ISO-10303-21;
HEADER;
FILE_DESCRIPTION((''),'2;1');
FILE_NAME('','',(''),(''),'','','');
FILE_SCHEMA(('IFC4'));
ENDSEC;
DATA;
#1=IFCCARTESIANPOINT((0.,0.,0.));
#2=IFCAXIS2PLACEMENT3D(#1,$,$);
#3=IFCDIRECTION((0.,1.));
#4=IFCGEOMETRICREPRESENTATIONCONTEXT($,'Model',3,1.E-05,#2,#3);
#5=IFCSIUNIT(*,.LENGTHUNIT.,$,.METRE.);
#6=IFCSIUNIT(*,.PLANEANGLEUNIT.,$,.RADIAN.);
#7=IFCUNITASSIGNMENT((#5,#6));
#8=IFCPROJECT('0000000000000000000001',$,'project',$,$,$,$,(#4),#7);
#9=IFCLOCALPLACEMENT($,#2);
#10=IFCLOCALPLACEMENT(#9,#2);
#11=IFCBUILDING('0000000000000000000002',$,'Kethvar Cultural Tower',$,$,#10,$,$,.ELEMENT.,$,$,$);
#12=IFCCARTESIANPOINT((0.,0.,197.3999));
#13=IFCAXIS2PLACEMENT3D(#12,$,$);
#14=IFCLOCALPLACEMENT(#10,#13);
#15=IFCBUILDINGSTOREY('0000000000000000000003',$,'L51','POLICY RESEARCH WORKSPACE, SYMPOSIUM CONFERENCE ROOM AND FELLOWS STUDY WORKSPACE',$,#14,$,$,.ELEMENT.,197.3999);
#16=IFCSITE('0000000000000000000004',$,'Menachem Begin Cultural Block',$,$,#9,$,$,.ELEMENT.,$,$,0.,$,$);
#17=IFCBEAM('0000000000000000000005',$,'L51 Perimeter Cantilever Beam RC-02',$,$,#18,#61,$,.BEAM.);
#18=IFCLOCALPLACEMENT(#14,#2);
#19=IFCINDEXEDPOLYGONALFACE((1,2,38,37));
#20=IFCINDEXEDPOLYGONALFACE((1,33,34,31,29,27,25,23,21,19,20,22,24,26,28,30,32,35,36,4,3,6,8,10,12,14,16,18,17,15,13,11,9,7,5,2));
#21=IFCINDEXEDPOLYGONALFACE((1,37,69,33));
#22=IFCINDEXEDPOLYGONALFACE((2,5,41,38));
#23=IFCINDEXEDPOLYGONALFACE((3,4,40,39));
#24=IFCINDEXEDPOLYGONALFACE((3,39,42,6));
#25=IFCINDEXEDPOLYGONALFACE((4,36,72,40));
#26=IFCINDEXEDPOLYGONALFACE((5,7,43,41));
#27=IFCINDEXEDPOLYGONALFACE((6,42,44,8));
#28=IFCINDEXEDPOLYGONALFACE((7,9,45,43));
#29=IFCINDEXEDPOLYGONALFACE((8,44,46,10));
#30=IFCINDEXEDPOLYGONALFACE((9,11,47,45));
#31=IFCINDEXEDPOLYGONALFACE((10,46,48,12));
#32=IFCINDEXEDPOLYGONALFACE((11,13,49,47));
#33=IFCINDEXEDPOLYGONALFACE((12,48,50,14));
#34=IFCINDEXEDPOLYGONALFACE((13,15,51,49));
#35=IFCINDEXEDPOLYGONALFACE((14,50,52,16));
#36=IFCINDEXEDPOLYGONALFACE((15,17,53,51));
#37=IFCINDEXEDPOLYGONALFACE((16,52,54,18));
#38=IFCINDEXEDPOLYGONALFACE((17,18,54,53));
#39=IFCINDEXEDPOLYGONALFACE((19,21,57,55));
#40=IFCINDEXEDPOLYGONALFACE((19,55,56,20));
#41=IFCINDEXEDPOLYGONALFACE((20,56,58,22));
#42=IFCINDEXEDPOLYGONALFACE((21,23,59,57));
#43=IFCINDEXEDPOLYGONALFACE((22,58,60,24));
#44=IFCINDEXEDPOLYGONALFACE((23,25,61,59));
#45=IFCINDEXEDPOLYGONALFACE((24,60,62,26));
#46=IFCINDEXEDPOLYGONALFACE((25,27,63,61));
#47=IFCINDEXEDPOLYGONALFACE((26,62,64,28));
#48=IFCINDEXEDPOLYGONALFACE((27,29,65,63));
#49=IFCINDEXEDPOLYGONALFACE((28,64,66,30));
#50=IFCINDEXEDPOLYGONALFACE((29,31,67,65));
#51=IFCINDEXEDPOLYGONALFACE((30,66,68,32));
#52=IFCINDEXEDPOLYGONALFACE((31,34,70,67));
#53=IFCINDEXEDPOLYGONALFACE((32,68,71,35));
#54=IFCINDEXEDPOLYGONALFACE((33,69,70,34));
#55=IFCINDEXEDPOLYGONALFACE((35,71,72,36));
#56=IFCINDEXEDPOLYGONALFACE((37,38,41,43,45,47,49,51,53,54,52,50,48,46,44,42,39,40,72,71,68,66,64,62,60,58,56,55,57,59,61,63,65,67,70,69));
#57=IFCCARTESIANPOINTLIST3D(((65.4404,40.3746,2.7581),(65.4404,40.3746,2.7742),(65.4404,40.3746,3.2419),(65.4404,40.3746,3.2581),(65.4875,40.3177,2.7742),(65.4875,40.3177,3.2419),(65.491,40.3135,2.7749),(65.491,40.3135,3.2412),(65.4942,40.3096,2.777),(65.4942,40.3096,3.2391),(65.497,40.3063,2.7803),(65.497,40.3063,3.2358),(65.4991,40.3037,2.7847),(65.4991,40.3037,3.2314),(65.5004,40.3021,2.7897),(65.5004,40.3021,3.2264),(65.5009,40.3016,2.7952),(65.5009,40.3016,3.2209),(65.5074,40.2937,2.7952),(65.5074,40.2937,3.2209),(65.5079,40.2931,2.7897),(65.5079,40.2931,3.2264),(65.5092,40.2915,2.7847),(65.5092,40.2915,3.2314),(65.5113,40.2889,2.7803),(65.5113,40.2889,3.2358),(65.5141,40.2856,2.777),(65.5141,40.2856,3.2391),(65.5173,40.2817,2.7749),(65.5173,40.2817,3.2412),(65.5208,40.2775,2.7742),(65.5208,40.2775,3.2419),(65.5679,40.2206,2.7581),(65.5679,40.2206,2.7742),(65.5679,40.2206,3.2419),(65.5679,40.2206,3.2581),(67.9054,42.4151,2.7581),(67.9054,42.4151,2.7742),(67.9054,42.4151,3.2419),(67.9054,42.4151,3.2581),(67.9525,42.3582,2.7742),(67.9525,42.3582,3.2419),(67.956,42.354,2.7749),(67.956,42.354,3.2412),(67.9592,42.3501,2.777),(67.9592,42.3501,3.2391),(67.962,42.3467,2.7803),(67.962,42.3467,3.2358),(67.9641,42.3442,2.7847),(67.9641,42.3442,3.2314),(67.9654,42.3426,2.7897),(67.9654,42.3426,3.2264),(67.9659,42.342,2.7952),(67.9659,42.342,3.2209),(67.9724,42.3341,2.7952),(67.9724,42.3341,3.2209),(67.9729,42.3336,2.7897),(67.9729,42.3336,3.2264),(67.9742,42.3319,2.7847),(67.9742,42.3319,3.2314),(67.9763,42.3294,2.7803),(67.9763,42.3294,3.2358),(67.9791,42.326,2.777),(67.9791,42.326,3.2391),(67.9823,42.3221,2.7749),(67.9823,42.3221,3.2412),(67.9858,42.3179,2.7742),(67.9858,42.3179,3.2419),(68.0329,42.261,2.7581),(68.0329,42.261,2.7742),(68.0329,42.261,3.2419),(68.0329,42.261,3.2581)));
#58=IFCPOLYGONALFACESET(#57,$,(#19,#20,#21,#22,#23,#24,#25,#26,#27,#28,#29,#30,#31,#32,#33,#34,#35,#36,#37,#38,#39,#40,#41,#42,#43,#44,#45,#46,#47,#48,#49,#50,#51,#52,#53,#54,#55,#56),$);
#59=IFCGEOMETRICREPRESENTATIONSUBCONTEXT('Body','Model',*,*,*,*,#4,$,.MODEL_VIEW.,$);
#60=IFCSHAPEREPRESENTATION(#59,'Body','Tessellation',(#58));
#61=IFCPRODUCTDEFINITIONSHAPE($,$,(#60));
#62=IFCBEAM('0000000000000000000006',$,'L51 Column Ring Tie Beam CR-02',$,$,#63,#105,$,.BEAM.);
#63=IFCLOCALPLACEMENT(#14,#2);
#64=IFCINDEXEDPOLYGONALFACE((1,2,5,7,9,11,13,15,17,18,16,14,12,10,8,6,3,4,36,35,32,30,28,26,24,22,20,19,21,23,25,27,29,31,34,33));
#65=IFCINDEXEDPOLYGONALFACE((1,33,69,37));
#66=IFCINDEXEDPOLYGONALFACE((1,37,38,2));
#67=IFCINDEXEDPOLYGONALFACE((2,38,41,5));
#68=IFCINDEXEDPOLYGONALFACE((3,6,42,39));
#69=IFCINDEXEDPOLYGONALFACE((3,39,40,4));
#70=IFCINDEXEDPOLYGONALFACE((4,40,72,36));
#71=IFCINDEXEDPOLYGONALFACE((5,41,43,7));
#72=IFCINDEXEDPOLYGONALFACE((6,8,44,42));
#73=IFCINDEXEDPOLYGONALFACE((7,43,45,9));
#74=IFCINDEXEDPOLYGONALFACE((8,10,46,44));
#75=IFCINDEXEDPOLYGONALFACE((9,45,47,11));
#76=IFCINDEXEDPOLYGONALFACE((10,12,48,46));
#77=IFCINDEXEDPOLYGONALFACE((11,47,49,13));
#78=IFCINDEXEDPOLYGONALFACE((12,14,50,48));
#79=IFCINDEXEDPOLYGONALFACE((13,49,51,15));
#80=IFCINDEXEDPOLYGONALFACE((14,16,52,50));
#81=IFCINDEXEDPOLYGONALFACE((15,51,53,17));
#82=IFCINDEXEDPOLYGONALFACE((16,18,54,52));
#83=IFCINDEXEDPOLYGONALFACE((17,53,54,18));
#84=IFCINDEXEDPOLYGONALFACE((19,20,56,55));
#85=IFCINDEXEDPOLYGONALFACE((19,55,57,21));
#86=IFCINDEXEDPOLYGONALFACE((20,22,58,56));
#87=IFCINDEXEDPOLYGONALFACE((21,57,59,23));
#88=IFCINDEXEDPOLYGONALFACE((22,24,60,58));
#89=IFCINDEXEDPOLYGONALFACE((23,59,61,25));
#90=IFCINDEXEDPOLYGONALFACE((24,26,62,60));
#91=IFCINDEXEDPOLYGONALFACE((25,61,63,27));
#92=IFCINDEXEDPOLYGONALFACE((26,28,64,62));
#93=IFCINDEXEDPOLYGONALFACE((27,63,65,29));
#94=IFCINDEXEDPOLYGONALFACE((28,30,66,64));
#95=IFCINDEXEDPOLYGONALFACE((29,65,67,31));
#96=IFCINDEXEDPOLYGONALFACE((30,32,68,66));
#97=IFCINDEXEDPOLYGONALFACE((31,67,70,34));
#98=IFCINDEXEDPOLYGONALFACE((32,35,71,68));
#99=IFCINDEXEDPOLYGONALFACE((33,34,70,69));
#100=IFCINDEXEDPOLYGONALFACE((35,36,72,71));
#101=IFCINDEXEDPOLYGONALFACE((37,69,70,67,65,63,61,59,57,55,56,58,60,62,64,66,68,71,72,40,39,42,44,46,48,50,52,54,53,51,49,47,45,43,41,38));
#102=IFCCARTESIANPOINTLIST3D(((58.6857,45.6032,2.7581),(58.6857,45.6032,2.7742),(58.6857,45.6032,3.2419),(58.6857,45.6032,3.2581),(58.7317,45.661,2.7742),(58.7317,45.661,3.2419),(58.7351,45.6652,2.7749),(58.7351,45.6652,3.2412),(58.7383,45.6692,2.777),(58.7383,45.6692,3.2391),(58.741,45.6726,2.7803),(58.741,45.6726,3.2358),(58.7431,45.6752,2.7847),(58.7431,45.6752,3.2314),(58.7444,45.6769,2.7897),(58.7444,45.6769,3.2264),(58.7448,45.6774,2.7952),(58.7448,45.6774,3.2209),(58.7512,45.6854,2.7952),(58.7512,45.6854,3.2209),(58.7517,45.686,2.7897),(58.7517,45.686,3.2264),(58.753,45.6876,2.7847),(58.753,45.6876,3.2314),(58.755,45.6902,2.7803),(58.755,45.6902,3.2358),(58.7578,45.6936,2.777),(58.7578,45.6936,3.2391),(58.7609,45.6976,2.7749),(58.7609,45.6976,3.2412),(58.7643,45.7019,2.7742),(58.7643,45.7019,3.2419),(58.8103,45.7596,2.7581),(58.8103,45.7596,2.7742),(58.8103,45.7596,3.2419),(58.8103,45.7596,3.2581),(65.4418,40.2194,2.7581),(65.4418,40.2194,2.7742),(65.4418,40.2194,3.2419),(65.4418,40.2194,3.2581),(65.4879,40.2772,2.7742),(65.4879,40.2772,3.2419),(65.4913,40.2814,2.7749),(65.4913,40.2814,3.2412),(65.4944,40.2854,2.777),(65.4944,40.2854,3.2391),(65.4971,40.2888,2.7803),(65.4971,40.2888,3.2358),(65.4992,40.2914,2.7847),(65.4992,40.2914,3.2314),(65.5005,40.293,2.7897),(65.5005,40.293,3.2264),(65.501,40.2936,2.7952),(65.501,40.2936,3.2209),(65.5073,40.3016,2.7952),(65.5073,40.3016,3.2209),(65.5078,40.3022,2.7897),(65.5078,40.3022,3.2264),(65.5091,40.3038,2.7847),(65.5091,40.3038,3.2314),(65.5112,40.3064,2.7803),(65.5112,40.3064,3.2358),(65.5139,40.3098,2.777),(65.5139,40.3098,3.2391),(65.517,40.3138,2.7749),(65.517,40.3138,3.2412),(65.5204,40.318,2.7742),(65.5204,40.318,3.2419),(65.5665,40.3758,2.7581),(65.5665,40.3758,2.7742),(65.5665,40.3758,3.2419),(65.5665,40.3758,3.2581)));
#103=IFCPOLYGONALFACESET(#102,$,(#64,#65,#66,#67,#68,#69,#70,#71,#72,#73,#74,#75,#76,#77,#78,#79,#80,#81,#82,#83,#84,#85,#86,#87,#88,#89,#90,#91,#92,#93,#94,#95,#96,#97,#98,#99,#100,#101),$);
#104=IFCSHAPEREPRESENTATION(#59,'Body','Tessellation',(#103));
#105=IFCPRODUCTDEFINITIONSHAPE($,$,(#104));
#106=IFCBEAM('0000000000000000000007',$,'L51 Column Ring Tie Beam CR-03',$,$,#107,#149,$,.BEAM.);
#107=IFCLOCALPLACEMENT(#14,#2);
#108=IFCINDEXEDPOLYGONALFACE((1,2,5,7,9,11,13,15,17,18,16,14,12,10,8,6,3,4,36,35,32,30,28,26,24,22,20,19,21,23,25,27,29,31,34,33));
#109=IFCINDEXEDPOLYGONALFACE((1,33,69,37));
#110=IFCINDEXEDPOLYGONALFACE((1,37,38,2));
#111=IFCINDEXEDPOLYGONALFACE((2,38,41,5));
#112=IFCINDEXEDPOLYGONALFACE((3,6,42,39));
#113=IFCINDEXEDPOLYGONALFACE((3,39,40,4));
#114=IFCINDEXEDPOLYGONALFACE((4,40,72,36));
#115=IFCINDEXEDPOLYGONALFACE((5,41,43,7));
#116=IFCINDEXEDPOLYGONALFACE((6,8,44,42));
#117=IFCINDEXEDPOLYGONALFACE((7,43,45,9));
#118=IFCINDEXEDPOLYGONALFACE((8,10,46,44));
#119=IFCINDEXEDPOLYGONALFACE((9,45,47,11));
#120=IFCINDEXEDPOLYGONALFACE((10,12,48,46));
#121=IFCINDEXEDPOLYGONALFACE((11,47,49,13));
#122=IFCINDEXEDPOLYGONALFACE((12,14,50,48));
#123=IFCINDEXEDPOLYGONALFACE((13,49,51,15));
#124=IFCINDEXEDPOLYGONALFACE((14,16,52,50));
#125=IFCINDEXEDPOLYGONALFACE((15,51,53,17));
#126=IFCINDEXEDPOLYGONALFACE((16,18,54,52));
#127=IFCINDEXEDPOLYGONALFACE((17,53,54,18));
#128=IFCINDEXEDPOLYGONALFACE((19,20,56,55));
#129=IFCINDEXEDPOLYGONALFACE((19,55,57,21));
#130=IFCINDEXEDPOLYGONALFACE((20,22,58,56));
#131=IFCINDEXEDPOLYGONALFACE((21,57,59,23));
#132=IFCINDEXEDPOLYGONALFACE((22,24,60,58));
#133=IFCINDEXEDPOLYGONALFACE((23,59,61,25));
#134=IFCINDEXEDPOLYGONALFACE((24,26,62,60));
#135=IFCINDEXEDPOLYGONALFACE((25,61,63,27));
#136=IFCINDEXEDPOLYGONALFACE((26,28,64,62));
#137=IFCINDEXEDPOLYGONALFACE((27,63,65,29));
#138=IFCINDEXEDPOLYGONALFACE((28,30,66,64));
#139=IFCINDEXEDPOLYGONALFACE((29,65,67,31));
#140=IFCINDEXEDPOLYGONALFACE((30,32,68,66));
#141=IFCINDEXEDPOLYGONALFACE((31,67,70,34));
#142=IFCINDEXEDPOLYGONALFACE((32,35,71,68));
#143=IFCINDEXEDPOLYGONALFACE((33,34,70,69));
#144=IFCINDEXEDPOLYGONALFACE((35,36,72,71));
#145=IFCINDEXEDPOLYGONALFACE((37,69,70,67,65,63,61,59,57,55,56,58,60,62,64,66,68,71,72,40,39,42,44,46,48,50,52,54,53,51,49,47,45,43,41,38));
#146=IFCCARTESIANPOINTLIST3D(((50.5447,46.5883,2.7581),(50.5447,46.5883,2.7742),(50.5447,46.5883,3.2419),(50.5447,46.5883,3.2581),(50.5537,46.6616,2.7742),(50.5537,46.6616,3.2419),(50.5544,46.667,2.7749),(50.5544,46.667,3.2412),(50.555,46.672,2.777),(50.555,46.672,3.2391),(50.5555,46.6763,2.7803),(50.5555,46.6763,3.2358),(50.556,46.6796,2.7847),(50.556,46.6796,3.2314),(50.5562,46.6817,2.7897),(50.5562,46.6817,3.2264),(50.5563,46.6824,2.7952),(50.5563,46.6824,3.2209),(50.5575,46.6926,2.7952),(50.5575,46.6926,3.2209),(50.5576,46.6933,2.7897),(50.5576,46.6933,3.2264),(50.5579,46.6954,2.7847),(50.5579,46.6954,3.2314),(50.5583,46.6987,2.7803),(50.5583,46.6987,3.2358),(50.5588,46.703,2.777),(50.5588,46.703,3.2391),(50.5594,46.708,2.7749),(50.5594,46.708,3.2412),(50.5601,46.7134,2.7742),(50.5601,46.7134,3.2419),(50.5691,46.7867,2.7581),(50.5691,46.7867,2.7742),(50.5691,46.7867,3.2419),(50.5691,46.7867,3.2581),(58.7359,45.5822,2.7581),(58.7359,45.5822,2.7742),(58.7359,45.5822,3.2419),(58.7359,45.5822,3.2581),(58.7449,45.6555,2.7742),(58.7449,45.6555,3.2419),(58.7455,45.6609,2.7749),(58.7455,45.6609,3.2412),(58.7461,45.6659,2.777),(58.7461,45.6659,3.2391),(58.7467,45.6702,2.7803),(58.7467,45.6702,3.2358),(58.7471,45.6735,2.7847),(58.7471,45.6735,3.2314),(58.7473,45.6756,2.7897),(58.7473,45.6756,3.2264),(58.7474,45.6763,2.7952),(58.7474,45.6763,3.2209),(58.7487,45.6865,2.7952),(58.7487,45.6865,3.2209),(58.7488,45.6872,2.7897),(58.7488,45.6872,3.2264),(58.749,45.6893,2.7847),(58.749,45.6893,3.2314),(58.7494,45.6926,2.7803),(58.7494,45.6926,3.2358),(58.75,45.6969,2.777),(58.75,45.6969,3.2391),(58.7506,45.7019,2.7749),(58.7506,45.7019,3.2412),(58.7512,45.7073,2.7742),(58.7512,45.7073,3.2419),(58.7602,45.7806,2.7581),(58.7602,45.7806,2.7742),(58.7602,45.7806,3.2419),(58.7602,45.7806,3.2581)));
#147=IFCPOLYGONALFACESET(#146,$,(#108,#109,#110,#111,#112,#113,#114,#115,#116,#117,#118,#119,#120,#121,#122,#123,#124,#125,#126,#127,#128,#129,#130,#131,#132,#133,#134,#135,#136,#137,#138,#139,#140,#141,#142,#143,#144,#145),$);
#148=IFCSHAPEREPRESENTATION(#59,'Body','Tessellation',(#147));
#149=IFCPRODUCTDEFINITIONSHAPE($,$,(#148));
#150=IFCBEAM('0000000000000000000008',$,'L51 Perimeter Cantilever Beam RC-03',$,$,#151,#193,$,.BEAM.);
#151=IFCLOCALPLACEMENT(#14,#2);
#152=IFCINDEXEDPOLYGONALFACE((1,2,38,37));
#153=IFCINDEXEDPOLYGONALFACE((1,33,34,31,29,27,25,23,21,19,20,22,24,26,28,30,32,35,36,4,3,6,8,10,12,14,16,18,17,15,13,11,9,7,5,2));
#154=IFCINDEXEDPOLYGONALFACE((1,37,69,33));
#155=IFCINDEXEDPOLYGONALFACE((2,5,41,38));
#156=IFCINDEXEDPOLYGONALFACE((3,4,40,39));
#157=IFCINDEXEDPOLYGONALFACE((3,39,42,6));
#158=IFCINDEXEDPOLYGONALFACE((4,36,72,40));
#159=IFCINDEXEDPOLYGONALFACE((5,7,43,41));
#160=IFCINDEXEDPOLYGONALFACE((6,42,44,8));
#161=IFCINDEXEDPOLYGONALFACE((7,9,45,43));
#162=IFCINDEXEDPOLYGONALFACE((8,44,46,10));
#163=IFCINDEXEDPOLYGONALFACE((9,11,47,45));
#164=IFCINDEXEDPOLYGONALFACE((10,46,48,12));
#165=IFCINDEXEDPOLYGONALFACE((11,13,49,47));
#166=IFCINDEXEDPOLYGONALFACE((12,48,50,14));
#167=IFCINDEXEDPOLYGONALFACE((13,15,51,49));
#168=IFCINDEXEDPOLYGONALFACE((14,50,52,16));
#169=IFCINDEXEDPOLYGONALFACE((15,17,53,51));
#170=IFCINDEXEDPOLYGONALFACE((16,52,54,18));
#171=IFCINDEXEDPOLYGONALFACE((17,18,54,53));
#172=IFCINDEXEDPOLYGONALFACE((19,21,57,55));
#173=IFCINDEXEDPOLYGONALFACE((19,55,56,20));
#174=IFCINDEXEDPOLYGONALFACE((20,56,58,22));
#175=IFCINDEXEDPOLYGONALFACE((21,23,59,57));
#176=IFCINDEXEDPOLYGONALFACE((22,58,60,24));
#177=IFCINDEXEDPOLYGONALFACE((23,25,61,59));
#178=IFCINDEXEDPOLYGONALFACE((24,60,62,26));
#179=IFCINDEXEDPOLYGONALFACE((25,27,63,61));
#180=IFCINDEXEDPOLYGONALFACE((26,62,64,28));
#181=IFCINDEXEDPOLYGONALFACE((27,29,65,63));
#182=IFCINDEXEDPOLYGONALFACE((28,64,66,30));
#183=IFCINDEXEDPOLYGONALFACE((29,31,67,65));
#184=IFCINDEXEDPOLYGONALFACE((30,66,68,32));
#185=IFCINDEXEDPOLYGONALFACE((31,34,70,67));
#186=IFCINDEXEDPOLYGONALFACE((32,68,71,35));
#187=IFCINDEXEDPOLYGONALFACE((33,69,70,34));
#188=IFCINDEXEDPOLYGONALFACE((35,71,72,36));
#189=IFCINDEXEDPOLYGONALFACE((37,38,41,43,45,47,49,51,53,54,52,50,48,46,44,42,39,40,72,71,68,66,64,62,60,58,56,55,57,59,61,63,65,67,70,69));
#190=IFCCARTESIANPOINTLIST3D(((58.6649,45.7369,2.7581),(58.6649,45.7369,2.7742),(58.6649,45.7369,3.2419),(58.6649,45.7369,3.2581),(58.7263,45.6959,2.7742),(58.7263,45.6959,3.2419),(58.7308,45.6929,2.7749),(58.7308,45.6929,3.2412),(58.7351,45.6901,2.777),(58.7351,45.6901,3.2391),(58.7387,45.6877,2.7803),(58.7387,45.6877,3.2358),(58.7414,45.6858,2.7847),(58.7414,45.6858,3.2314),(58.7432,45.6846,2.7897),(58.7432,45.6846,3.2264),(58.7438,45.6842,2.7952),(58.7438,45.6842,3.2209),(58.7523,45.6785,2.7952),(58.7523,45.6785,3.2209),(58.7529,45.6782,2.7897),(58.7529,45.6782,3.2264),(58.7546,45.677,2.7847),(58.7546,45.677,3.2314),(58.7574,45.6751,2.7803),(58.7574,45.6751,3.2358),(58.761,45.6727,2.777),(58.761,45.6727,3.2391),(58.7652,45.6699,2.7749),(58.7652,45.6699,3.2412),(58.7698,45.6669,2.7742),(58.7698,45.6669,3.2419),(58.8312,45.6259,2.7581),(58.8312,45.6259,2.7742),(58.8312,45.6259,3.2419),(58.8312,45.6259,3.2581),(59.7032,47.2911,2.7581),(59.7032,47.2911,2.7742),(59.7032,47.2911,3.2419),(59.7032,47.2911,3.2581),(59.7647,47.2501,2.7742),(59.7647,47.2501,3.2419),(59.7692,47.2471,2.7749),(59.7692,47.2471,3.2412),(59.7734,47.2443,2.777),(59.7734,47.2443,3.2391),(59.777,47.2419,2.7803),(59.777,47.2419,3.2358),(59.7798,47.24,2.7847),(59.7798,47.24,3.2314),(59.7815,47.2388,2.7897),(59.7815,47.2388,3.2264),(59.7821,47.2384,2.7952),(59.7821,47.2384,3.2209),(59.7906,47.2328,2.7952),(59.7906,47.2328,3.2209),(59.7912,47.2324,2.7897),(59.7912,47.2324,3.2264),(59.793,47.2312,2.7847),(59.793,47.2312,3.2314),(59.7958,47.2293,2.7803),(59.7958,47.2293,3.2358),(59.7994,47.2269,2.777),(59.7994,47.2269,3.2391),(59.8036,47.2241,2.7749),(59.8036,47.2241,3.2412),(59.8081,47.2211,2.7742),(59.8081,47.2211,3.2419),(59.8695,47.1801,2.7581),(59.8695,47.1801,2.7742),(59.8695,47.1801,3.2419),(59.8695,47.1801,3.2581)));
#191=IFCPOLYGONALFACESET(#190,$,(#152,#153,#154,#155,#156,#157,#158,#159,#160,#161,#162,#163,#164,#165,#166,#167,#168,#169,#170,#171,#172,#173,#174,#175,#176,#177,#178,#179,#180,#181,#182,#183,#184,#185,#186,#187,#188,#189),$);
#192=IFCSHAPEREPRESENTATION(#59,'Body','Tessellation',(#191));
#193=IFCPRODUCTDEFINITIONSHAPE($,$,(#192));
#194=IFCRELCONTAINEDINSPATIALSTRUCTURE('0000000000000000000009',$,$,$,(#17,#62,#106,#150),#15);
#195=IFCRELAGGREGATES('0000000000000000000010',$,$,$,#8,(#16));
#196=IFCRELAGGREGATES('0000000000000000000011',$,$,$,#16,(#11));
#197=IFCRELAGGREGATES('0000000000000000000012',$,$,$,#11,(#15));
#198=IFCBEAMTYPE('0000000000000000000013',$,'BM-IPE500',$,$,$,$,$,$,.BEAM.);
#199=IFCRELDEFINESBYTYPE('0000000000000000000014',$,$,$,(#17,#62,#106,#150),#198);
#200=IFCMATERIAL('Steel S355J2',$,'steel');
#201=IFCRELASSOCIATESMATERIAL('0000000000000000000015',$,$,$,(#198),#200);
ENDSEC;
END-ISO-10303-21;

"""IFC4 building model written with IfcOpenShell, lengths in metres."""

from ifc_helpers import new_model, si_unit, direction, frame, origin, origin_2d, place, context, subcontext, project, spatial, i_section, extrude, source, transform, mapped, material, material_profile, profile_set, type_object, element, save


model = new_model("IFC4")

# Units and contexts
model_context = context("Model", 3, precision=1e-05, world=origin(), true_north=direction((0.0, 1.0)))
body_context = subcontext(model_context, "Body", "Model", "MODEL_VIEW")
ifc_project = project(units=[si_unit("LENGTHUNIT", "METRE"), si_unit("PLANEANGLEUNIT", "RADIAN")], contexts=[model_context])

# Site, building, storey
site_placement = place(None, origin())
site = spatial("IfcSite", under=ifc_project, at=site_placement, Name="Menachem Begin Cultural Block", CompositionType="ELEMENT", RefElevation=0.0)
building_placement = place(site_placement, origin())
building = spatial("IfcBuilding", under=site, at=building_placement, Name="Kethvar Cultural Tower", CompositionType="ELEMENT")
storey_placement = place(building_placement, frame((0.0, 0.0, 197.3999)))
storey = spatial("IfcBuildingStorey", under=building, at=storey_placement, Name="L51", Description="POLICY RESEARCH WORKSPACE, SYMPOSIUM CONFERENCE ROOM AND FELLOWS STUDY WORKSPACE", CompositionType="ELEMENT", Elevation=197.3999)

# Beams
ifc_material_1 = material(Name="Steel S355J2", Category="steel")
ifc_material_profile_1 = material_profile(ifc_material_1, i_section(OverallWidth=0.2, OverallDepth=0.5, WebThickness=0.0103, FlangeThickness=0.0161, FilletRadius=0.021, at=origin_2d()), Name="Steel S355J2 — IPE500")
ifc_profile_set_1 = profile_set([ifc_material_profile_1], Name="Steel S355J2 — IPE500")
beam_type_1 = type_object("IfcBeamType", Name="BM-IPE500", PredefinedType="BEAM", material=ifc_profile_set_1)
shared_shape_1 = source(origin(), body_context, "Body", "SweptSolid", [
    extrude(i_section(OverallWidth=0.2, OverallDepth=0.5, WebThickness=0.0103, FlangeThickness=0.0161, FilletRadius=0.021, at=origin_2d()), origin(), (0.0, 0.0, 1.0), 3.2),
])
beam_1_placement = place(storey_placement, frame((65.5042, 40.2976, 3.0081), z_axis=(0.770325, 0.637652, 0.0), x_axis=(-0.637652, 0.770325, 0.0)))
element("IfcBeam", 1, at=beam_1_placement, inside=storey, type_object=beam_type_1, Name="L51 Perimeter Cantilever Beam RC-02", PredefinedType="BEAM", context=body_context, shape_type="MappedRepresentation", body=[
    mapped(shared_shape_1, transform((0.0, 0.0, 0.0), scale=1.0)),
])
shared_shape_2 = source(origin(), body_context, "Body", "SweptSolid", [
    extrude(i_section(OverallWidth=0.2, OverallDepth=0.5, WebThickness=0.0103, FlangeThickness=0.0161, FilletRadius=0.021, at=origin_2d()), origin(), (0.0, 0.0, 1.0), 8.6389),
])
beam_2_placement = place(storey_placement, frame((65.5042, 40.2976, 3.0081), z_axis=(-0.782058, 0.623205, 0.0), x_axis=(-0.623205, -0.782058, 0.0)))
element("IfcBeam", 2, at=beam_2_placement, inside=storey, type_object=beam_type_1, Name="L51 Column Ring Tie Beam CR-02", PredefinedType="BEAM", context=body_context, shape_type="MappedRepresentation", body=[
    mapped(shared_shape_2, transform((0.0, 0.0, 0.0), scale=1.0)),
])
shared_shape_3 = source(origin(), body_context, "Body", "SweptSolid", [
    extrude(i_section(OverallWidth=0.2, OverallDepth=0.5, WebThickness=0.0103, FlangeThickness=0.0161, FilletRadius=0.021, at=origin_2d()), origin(), (0.0, 0.0, 1.0), 8.2527),
])
beam_3_placement = place(storey_placement, frame((58.748, 45.6814, 3.0081), z_axis=(-0.992541, 0.121912, 0.0), x_axis=(-0.121912, -0.992541, 0.0)))
element("IfcBeam", 3, at=beam_3_placement, inside=storey, type_object=beam_type_1, Name="L51 Column Ring Tie Beam CR-03", PredefinedType="BEAM", context=body_context, shape_type="MappedRepresentation", body=[
    mapped(shared_shape_3, transform((0.0, 0.0, 0.0), scale=1.0)),
])
shared_shape_4 = source(origin(), body_context, "Body", "SweptSolid", [
    extrude(i_section(OverallWidth=0.2, OverallDepth=0.5, WebThickness=0.0103, FlangeThickness=0.0161, FilletRadius=0.021, at=origin_2d()), origin(), (0.0, 0.0, 1.0), 1.8691),
])
beam_4_placement = place(storey_placement, frame((58.748, 45.6814, 3.0081), z_axis=(0.555514, 0.831507, 0.0), x_axis=(-0.831507, 0.555514, 0.0)))
element("IfcBeam", 4, at=beam_4_placement, inside=storey, type_object=beam_type_1, Name="L51 Perimeter Cantilever Beam RC-03", PredefinedType="BEAM", context=body_context, shape_type="MappedRepresentation", body=[
    mapped(shared_shape_4, transform((0.0, 0.0, 0.0), scale=1.0)),
])

save(model, "model.ifc")
